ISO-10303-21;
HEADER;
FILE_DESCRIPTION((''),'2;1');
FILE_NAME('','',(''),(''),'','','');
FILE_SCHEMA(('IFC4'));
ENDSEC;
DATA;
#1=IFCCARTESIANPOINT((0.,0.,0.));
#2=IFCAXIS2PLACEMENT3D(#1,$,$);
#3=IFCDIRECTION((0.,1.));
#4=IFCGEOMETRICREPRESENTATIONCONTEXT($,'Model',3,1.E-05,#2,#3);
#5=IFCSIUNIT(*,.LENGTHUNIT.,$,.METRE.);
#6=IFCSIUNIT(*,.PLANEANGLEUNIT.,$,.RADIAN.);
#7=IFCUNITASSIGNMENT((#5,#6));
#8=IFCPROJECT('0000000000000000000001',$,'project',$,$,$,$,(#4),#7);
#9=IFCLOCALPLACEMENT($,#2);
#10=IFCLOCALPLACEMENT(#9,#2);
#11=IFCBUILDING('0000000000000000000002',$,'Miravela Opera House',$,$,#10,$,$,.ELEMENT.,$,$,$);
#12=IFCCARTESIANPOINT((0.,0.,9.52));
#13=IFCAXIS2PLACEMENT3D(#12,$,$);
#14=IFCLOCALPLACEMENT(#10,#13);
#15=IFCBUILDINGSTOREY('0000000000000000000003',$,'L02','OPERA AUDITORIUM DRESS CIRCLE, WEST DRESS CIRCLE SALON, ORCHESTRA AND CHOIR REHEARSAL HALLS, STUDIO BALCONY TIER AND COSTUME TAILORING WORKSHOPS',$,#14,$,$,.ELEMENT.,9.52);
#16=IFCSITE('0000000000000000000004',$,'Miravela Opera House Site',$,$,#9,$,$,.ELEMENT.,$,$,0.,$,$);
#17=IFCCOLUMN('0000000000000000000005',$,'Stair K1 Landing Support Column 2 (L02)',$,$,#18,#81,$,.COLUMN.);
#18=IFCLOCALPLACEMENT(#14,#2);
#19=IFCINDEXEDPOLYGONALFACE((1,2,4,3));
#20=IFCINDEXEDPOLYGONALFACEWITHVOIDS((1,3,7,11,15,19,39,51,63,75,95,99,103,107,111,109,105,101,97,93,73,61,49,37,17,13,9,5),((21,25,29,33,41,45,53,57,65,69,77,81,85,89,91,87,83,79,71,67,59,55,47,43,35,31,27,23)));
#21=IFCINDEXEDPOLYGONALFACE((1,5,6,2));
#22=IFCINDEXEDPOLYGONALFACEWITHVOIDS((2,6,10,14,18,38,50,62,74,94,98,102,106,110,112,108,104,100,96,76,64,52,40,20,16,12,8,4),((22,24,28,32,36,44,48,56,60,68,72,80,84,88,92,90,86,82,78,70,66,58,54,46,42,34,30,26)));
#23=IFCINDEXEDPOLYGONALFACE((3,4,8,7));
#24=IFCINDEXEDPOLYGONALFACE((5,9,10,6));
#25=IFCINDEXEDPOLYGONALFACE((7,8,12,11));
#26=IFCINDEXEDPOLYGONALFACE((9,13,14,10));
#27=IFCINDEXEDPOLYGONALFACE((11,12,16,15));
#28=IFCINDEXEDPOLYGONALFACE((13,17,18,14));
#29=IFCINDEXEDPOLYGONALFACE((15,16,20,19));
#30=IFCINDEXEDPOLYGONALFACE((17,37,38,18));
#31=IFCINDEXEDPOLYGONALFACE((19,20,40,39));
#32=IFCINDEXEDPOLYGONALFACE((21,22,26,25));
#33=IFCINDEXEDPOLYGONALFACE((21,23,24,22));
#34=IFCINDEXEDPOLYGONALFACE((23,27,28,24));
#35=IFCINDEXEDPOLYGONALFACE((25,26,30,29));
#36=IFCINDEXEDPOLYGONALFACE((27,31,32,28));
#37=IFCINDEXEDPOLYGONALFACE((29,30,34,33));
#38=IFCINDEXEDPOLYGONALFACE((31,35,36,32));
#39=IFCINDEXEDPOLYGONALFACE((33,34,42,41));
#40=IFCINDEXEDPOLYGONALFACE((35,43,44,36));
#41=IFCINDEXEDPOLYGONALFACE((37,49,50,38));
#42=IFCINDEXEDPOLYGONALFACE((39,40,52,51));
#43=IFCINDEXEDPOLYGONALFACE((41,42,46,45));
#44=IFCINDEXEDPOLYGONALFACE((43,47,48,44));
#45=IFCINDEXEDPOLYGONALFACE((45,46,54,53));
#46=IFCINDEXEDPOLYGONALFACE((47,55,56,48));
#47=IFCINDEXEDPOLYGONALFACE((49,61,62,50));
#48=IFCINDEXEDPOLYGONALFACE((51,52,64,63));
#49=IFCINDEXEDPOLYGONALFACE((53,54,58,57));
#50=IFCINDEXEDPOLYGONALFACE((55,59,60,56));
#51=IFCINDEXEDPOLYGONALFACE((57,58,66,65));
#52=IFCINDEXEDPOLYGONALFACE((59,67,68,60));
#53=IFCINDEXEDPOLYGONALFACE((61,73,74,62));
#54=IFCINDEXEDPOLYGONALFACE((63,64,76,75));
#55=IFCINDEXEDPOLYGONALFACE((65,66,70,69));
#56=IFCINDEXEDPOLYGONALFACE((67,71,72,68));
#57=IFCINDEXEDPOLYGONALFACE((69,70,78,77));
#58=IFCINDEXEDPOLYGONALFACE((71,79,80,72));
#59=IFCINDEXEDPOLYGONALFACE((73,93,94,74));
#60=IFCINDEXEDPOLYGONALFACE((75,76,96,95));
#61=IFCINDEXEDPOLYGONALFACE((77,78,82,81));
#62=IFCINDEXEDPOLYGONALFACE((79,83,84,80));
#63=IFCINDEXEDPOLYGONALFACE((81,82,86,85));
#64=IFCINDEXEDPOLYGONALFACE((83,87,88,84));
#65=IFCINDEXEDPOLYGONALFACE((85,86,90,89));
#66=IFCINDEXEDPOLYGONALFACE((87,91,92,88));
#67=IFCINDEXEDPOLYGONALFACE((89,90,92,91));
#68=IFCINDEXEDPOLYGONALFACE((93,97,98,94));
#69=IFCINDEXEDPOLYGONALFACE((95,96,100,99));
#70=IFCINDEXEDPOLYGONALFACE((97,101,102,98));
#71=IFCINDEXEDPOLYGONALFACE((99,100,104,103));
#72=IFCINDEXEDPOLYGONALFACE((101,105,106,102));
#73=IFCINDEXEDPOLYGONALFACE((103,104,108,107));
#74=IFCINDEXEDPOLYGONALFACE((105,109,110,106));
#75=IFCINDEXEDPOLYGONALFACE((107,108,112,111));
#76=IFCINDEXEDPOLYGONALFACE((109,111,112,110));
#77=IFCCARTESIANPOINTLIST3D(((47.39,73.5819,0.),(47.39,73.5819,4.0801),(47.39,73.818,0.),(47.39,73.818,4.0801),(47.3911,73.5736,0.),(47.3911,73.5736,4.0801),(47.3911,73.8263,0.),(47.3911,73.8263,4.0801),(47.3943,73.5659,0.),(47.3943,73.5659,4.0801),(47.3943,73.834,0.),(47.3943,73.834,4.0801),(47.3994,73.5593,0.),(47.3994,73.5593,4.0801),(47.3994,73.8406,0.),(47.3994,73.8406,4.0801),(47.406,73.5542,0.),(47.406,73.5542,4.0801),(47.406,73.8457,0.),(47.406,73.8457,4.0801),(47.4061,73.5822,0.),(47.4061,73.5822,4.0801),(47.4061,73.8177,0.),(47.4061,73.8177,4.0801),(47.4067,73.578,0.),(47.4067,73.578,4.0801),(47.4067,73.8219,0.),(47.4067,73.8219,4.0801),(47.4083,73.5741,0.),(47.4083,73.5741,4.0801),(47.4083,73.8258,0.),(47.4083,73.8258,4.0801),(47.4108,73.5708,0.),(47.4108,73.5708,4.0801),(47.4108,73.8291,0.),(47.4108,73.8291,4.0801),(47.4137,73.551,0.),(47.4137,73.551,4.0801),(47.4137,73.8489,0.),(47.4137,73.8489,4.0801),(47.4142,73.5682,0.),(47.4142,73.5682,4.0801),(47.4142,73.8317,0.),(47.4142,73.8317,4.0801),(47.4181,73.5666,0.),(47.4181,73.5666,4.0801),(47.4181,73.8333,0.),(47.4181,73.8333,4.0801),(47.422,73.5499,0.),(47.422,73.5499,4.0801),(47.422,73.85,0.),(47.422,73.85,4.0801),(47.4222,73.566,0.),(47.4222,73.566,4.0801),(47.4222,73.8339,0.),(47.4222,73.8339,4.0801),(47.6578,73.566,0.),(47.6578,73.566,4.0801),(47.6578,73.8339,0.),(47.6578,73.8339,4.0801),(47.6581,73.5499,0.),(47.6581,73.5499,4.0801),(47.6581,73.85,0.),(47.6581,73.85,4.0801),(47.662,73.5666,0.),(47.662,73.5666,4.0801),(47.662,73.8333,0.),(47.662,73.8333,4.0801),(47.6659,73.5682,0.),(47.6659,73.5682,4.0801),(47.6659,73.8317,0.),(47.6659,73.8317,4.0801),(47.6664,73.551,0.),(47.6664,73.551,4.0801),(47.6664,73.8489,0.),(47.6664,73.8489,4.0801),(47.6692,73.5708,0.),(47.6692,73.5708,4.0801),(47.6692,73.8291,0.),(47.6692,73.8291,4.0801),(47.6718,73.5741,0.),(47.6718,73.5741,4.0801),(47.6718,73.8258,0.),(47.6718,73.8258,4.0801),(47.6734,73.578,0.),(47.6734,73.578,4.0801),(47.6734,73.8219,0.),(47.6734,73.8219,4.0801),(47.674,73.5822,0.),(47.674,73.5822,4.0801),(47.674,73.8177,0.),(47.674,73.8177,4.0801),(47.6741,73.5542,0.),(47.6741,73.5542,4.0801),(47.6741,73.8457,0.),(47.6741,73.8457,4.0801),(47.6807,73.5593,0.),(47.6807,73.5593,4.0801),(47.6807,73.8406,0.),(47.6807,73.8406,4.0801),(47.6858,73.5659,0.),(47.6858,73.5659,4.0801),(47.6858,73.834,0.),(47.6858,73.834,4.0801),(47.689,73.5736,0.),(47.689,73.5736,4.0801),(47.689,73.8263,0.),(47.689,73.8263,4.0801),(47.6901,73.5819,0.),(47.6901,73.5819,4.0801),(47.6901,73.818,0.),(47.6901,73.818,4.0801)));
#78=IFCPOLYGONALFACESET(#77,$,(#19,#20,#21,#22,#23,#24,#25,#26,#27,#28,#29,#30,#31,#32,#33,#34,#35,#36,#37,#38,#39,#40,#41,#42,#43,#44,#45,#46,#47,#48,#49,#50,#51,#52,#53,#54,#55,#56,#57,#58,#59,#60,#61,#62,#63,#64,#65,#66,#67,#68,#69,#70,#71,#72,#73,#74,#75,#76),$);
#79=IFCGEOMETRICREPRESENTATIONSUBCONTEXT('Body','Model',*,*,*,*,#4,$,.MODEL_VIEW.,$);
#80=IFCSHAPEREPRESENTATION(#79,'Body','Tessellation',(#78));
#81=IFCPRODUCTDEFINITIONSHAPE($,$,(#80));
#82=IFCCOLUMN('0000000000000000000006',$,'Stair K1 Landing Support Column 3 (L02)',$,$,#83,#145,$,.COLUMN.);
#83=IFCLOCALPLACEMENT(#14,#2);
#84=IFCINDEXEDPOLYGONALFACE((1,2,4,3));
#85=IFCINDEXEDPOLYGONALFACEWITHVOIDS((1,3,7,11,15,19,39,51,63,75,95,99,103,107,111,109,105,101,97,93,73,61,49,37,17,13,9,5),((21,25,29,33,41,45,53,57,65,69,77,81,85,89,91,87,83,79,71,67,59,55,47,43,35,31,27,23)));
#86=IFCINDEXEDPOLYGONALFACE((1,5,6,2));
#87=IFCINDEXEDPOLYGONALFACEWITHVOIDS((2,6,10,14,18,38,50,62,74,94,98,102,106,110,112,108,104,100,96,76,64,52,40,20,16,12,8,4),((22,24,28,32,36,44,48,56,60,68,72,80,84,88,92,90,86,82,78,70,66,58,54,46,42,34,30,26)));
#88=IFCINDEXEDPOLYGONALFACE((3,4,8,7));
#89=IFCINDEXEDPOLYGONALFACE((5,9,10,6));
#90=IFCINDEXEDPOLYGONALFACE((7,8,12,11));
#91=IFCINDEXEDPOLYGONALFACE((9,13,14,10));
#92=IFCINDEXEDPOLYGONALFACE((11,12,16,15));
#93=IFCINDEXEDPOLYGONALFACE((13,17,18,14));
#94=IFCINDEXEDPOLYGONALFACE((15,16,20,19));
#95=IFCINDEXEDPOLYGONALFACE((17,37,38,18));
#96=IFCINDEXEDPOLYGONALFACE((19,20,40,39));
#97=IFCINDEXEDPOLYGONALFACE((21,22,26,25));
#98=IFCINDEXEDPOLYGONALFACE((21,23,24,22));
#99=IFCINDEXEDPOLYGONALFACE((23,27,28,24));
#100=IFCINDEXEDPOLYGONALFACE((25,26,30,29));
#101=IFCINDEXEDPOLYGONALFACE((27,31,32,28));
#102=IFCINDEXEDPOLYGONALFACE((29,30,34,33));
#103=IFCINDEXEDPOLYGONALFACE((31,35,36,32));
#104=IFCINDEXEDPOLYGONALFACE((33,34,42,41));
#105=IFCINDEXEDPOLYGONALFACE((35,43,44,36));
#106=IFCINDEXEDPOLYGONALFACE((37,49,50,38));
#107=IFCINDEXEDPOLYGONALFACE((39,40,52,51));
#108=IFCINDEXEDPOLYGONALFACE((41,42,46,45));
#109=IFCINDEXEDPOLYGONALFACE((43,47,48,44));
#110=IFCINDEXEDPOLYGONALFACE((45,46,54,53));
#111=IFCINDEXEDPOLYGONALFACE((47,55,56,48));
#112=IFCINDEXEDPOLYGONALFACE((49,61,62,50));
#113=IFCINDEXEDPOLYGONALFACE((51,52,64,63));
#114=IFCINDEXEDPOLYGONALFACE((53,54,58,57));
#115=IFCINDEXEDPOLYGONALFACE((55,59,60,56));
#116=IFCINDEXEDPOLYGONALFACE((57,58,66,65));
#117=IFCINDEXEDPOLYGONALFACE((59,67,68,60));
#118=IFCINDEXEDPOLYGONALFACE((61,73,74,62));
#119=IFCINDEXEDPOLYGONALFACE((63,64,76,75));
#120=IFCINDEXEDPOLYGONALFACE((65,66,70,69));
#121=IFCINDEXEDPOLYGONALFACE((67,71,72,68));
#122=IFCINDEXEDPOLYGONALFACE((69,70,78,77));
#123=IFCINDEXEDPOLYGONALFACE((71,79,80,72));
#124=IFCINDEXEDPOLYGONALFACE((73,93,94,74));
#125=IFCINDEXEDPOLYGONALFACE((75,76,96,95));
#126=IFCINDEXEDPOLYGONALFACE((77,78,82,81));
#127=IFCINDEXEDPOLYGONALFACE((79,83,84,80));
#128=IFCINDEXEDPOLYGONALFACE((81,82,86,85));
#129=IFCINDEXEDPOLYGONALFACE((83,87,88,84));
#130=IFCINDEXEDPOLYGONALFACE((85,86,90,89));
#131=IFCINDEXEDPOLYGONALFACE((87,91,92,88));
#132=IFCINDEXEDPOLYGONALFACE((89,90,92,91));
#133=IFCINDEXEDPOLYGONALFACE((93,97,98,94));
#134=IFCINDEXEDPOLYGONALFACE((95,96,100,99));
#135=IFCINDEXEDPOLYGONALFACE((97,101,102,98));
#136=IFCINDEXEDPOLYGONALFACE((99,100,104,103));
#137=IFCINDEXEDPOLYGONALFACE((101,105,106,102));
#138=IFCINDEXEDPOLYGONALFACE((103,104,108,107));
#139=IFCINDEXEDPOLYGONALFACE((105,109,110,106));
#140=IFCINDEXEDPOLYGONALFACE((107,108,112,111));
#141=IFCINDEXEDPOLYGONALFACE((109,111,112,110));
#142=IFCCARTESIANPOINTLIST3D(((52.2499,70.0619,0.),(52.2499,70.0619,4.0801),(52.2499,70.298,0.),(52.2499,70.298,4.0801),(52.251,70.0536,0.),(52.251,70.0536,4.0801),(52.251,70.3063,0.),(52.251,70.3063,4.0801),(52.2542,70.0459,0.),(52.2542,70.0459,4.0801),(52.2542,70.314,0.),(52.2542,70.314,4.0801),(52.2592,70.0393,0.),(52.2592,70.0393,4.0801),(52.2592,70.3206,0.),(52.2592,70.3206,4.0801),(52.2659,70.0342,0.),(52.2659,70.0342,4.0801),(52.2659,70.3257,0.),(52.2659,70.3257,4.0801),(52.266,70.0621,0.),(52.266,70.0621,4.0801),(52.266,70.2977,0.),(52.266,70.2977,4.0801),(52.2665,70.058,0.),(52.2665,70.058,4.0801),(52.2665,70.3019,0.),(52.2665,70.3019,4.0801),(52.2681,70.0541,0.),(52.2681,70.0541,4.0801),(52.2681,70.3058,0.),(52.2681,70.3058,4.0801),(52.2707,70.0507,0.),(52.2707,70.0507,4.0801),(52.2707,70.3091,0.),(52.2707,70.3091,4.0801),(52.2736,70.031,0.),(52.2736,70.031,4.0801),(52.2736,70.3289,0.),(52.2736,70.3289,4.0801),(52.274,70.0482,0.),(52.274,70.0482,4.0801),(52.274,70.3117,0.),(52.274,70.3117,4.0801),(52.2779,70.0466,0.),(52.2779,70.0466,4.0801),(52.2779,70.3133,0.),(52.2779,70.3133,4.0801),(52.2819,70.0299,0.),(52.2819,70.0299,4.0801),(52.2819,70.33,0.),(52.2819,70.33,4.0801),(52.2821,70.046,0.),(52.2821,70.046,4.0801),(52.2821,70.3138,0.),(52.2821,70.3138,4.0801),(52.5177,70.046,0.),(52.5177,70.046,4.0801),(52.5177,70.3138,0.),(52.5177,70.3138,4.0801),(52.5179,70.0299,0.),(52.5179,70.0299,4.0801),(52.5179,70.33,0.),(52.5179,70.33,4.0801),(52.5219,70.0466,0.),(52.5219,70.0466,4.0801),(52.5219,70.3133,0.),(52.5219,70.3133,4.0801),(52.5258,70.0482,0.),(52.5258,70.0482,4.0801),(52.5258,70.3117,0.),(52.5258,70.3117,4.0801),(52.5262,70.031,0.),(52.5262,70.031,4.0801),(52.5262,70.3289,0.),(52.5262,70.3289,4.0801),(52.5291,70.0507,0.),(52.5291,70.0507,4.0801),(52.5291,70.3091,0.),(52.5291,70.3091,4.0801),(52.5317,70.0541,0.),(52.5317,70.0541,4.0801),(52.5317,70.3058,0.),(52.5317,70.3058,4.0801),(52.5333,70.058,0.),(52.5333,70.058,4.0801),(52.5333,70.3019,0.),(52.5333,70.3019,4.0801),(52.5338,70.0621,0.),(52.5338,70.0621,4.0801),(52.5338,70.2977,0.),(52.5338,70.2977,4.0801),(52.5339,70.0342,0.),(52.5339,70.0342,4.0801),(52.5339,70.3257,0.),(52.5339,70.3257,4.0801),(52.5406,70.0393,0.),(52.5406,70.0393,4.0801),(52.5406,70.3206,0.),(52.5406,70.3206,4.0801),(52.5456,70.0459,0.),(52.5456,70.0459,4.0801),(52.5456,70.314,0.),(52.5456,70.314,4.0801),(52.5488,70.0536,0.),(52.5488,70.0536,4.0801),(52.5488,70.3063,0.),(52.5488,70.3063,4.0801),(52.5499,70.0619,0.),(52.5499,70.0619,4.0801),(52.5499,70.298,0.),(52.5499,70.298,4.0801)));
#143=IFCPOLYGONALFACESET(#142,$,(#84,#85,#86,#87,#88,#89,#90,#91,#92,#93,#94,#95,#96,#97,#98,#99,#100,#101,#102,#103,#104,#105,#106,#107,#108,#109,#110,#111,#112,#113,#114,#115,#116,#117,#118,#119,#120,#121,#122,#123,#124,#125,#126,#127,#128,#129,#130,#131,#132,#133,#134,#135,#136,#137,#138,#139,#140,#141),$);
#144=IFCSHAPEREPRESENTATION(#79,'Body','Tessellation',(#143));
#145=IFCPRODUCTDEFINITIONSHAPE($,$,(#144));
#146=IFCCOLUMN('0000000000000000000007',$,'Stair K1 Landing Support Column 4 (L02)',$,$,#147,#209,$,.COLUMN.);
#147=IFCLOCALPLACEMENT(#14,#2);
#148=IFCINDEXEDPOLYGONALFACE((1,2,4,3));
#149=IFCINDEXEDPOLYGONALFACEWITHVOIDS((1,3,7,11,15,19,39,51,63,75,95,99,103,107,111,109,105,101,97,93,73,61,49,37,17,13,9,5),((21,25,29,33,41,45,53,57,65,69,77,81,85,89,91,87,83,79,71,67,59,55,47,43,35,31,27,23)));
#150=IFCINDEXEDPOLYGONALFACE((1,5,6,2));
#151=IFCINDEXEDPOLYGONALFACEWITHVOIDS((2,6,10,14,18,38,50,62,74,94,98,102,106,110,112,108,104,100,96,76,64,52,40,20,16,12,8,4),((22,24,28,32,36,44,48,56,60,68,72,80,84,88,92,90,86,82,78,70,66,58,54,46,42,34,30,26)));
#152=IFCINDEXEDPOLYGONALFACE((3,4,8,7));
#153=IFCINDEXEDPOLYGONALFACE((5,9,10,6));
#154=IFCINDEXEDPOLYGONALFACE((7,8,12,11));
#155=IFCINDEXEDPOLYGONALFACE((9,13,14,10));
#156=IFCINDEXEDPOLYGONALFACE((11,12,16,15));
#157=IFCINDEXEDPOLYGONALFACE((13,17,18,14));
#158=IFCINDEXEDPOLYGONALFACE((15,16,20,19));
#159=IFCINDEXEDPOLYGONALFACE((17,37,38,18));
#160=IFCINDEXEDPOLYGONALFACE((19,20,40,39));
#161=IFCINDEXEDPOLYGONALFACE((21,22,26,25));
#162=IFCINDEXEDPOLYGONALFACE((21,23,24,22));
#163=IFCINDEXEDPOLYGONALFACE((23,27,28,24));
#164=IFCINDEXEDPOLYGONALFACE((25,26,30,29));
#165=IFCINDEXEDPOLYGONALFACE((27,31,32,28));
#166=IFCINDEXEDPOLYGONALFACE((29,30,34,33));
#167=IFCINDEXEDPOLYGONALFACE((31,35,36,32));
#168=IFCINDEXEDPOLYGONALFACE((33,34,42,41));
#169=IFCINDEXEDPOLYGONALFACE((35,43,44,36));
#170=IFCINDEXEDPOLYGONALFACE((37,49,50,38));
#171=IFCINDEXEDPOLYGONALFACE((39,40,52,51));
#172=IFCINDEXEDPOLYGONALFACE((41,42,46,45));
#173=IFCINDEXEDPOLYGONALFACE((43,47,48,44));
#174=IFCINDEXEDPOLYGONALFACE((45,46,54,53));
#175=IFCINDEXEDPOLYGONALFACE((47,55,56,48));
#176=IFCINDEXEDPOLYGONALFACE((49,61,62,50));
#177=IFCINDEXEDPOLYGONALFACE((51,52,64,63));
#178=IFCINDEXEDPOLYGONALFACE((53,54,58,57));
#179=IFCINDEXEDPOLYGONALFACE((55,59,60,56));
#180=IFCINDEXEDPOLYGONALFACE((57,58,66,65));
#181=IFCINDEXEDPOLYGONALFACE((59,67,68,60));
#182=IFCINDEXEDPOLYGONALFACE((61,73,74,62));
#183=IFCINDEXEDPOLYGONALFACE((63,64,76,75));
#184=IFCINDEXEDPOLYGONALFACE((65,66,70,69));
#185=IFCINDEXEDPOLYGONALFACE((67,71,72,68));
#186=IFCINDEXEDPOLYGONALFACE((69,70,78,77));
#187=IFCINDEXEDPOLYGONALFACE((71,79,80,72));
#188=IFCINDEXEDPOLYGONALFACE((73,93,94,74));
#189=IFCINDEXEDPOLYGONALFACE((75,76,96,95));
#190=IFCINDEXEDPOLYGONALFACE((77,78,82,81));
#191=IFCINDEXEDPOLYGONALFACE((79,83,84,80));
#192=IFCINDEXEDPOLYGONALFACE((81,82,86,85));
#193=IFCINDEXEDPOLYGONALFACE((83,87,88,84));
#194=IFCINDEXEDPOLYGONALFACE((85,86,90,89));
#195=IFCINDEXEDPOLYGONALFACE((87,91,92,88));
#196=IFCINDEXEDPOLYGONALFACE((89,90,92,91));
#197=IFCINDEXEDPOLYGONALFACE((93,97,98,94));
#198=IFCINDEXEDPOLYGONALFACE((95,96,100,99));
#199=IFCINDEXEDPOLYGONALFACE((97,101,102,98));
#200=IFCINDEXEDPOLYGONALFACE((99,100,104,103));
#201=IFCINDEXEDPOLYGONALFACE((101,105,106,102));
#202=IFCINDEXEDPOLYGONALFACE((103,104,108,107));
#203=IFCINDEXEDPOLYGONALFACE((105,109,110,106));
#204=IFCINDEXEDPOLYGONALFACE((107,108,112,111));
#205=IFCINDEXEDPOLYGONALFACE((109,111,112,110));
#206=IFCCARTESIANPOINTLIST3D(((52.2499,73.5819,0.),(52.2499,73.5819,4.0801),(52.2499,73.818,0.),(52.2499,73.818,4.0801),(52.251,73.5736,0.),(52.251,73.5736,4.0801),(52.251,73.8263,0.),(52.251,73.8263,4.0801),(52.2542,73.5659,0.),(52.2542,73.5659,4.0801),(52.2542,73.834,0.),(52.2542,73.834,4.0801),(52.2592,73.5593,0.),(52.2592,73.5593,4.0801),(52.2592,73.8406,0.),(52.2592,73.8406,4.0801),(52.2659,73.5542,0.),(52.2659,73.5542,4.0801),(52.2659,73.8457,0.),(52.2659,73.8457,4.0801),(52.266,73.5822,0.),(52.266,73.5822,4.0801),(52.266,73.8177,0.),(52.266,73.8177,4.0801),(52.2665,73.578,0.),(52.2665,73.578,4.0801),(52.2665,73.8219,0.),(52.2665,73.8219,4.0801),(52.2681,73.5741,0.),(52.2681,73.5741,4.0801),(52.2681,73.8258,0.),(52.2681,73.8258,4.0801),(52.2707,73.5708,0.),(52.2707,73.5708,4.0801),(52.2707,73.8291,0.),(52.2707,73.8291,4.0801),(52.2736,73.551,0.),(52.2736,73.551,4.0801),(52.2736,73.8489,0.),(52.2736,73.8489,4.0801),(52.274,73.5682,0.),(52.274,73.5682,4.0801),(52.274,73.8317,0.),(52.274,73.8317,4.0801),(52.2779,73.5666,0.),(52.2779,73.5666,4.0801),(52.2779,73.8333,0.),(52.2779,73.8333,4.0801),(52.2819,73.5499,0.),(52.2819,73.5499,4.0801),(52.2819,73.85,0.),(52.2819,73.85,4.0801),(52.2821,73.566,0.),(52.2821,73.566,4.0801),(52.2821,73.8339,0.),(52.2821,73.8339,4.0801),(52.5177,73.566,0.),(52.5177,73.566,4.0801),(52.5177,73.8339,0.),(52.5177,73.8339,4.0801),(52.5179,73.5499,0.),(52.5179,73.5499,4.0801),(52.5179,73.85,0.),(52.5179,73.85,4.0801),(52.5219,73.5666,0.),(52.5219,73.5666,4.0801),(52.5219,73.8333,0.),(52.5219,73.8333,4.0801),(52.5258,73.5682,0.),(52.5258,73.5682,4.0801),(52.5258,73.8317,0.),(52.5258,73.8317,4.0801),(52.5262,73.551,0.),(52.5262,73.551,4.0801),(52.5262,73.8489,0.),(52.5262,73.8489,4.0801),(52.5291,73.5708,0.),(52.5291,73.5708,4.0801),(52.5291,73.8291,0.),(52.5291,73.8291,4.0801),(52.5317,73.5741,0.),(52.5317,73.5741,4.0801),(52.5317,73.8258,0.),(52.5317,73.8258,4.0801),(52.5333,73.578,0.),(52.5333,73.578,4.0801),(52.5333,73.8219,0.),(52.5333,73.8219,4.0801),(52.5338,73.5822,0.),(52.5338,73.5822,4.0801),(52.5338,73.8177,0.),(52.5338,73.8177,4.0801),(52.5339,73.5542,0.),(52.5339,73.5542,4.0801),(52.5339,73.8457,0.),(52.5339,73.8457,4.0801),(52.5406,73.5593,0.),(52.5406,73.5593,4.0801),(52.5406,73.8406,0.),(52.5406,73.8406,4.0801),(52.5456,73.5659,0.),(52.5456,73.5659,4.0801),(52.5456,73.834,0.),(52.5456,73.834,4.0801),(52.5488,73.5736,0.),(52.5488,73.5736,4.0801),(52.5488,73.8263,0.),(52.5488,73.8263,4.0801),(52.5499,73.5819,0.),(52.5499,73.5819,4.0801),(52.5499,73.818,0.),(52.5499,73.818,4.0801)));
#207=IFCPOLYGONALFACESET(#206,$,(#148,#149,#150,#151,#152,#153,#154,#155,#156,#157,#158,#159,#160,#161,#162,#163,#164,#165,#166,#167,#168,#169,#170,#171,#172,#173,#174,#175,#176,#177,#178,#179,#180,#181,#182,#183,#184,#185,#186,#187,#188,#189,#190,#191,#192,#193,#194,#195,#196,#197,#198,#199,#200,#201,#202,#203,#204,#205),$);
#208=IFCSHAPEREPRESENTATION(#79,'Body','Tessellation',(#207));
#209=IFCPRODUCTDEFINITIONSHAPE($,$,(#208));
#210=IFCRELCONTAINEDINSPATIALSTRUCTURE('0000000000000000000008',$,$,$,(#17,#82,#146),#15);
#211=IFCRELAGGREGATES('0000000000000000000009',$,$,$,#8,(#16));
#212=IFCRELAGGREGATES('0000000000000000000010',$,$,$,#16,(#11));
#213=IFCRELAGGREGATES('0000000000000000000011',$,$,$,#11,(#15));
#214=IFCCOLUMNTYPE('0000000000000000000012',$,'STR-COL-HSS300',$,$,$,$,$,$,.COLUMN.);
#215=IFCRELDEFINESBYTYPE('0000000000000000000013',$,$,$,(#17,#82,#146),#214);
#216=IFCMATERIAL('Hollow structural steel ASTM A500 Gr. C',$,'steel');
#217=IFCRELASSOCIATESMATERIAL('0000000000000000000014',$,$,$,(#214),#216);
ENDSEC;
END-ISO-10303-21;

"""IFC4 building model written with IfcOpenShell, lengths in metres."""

from ifc_helpers import new_model, si_unit, direction, frame, origin, origin_2d, place, context, subcontext, project, spatial, hollow_rectangle, extrude, material, material_profile, profile_set, type_object, element, save


model = new_model("IFC4")

# Units and contexts
model_context = context("Model", 3, precision=1e-05, world=origin(), true_north=direction((0.0, 1.0)))
body_context = subcontext(model_context, "Body", "Model", "MODEL_VIEW")
ifc_project = project(units=[si_unit("LENGTHUNIT", "METRE"), si_unit("PLANEANGLEUNIT", "RADIAN")], contexts=[model_context])

# Site, building, storey
site_placement = place(None, origin())
site = spatial("IfcSite", under=ifc_project, at=site_placement, Name="Miravela Opera House Site", CompositionType="ELEMENT", RefElevation=0.0)
building_placement = place(site_placement, origin())
building = spatial("IfcBuilding", under=site, at=building_placement, Name="Miravela Opera House", CompositionType="ELEMENT")
storey_placement = place(building_placement, frame((0.0, 0.0, 9.52)))
storey = spatial("IfcBuildingStorey", under=building, at=storey_placement, Name="L02", Description="OPERA AUDITORIUM DRESS CIRCLE, WEST DRESS CIRCLE SALON, ORCHESTRA AND CHOIR REHEARSAL HALLS, STUDIO BALCONY TIER AND COSTUME TAILORING WORKSHOPS", CompositionType="ELEMENT", Elevation=9.52)

# Columns
ifc_material_1 = material(Name="Hollow structural steel ASTM A500 Gr. C", Category="steel")
ifc_material_profile_1 = material_profile(ifc_material_1, hollow_rectangle(XDim=0.3, YDim=0.3, WallThickness=0.0161, InnerFilletRadius=0.0161, OuterFilletRadius=0.032, at=origin_2d()), Name="HSS300X300X16")
ifc_profile_set_1 = profile_set([ifc_material_profile_1])
column_type_1 = type_object("IfcColumnType", Name="STR-COL-HSS300", PredefinedType="COLUMN", material=ifc_profile_set_1)
for number, where, z_axis, x_axis, name in (
    (1, (47.54, 73.7, 0.0), (0.0, 0.0, 1.0), (1.0, 0.0, 0.0), "Stair K1 Landing Support Column 2 (L02)"),
    (2, (52.3999, 70.1799, 0.0), (0.0, 0.0, 1.0), (1.0, 0.0, 0.0), "Stair K1 Landing Support Column 3 (L02)"),
    (3, (52.3999, 73.7, 0.0), (0.0, 0.0, 1.0), (1.0, 0.0, 0.0), "Stair K1 Landing Support Column 4 (L02)"),
):
    element("IfcColumn", number, at=place(storey_placement, frame(where, z_axis=z_axis, x_axis=x_axis)), inside=storey, type_object=column_type_1, Name=name, PredefinedType="COLUMN", context=body_context, shape_type="SweptSolid", body=[
        extrude(hollow_rectangle(XDim=0.3, YDim=0.3, WallThickness=0.0161, InnerFilletRadius=0.0161, OuterFilletRadius=0.032, at=origin_2d()), origin(), (0.0, 0.0, 1.0), 4.0801),
    ])

save(model, "model.ifc")
